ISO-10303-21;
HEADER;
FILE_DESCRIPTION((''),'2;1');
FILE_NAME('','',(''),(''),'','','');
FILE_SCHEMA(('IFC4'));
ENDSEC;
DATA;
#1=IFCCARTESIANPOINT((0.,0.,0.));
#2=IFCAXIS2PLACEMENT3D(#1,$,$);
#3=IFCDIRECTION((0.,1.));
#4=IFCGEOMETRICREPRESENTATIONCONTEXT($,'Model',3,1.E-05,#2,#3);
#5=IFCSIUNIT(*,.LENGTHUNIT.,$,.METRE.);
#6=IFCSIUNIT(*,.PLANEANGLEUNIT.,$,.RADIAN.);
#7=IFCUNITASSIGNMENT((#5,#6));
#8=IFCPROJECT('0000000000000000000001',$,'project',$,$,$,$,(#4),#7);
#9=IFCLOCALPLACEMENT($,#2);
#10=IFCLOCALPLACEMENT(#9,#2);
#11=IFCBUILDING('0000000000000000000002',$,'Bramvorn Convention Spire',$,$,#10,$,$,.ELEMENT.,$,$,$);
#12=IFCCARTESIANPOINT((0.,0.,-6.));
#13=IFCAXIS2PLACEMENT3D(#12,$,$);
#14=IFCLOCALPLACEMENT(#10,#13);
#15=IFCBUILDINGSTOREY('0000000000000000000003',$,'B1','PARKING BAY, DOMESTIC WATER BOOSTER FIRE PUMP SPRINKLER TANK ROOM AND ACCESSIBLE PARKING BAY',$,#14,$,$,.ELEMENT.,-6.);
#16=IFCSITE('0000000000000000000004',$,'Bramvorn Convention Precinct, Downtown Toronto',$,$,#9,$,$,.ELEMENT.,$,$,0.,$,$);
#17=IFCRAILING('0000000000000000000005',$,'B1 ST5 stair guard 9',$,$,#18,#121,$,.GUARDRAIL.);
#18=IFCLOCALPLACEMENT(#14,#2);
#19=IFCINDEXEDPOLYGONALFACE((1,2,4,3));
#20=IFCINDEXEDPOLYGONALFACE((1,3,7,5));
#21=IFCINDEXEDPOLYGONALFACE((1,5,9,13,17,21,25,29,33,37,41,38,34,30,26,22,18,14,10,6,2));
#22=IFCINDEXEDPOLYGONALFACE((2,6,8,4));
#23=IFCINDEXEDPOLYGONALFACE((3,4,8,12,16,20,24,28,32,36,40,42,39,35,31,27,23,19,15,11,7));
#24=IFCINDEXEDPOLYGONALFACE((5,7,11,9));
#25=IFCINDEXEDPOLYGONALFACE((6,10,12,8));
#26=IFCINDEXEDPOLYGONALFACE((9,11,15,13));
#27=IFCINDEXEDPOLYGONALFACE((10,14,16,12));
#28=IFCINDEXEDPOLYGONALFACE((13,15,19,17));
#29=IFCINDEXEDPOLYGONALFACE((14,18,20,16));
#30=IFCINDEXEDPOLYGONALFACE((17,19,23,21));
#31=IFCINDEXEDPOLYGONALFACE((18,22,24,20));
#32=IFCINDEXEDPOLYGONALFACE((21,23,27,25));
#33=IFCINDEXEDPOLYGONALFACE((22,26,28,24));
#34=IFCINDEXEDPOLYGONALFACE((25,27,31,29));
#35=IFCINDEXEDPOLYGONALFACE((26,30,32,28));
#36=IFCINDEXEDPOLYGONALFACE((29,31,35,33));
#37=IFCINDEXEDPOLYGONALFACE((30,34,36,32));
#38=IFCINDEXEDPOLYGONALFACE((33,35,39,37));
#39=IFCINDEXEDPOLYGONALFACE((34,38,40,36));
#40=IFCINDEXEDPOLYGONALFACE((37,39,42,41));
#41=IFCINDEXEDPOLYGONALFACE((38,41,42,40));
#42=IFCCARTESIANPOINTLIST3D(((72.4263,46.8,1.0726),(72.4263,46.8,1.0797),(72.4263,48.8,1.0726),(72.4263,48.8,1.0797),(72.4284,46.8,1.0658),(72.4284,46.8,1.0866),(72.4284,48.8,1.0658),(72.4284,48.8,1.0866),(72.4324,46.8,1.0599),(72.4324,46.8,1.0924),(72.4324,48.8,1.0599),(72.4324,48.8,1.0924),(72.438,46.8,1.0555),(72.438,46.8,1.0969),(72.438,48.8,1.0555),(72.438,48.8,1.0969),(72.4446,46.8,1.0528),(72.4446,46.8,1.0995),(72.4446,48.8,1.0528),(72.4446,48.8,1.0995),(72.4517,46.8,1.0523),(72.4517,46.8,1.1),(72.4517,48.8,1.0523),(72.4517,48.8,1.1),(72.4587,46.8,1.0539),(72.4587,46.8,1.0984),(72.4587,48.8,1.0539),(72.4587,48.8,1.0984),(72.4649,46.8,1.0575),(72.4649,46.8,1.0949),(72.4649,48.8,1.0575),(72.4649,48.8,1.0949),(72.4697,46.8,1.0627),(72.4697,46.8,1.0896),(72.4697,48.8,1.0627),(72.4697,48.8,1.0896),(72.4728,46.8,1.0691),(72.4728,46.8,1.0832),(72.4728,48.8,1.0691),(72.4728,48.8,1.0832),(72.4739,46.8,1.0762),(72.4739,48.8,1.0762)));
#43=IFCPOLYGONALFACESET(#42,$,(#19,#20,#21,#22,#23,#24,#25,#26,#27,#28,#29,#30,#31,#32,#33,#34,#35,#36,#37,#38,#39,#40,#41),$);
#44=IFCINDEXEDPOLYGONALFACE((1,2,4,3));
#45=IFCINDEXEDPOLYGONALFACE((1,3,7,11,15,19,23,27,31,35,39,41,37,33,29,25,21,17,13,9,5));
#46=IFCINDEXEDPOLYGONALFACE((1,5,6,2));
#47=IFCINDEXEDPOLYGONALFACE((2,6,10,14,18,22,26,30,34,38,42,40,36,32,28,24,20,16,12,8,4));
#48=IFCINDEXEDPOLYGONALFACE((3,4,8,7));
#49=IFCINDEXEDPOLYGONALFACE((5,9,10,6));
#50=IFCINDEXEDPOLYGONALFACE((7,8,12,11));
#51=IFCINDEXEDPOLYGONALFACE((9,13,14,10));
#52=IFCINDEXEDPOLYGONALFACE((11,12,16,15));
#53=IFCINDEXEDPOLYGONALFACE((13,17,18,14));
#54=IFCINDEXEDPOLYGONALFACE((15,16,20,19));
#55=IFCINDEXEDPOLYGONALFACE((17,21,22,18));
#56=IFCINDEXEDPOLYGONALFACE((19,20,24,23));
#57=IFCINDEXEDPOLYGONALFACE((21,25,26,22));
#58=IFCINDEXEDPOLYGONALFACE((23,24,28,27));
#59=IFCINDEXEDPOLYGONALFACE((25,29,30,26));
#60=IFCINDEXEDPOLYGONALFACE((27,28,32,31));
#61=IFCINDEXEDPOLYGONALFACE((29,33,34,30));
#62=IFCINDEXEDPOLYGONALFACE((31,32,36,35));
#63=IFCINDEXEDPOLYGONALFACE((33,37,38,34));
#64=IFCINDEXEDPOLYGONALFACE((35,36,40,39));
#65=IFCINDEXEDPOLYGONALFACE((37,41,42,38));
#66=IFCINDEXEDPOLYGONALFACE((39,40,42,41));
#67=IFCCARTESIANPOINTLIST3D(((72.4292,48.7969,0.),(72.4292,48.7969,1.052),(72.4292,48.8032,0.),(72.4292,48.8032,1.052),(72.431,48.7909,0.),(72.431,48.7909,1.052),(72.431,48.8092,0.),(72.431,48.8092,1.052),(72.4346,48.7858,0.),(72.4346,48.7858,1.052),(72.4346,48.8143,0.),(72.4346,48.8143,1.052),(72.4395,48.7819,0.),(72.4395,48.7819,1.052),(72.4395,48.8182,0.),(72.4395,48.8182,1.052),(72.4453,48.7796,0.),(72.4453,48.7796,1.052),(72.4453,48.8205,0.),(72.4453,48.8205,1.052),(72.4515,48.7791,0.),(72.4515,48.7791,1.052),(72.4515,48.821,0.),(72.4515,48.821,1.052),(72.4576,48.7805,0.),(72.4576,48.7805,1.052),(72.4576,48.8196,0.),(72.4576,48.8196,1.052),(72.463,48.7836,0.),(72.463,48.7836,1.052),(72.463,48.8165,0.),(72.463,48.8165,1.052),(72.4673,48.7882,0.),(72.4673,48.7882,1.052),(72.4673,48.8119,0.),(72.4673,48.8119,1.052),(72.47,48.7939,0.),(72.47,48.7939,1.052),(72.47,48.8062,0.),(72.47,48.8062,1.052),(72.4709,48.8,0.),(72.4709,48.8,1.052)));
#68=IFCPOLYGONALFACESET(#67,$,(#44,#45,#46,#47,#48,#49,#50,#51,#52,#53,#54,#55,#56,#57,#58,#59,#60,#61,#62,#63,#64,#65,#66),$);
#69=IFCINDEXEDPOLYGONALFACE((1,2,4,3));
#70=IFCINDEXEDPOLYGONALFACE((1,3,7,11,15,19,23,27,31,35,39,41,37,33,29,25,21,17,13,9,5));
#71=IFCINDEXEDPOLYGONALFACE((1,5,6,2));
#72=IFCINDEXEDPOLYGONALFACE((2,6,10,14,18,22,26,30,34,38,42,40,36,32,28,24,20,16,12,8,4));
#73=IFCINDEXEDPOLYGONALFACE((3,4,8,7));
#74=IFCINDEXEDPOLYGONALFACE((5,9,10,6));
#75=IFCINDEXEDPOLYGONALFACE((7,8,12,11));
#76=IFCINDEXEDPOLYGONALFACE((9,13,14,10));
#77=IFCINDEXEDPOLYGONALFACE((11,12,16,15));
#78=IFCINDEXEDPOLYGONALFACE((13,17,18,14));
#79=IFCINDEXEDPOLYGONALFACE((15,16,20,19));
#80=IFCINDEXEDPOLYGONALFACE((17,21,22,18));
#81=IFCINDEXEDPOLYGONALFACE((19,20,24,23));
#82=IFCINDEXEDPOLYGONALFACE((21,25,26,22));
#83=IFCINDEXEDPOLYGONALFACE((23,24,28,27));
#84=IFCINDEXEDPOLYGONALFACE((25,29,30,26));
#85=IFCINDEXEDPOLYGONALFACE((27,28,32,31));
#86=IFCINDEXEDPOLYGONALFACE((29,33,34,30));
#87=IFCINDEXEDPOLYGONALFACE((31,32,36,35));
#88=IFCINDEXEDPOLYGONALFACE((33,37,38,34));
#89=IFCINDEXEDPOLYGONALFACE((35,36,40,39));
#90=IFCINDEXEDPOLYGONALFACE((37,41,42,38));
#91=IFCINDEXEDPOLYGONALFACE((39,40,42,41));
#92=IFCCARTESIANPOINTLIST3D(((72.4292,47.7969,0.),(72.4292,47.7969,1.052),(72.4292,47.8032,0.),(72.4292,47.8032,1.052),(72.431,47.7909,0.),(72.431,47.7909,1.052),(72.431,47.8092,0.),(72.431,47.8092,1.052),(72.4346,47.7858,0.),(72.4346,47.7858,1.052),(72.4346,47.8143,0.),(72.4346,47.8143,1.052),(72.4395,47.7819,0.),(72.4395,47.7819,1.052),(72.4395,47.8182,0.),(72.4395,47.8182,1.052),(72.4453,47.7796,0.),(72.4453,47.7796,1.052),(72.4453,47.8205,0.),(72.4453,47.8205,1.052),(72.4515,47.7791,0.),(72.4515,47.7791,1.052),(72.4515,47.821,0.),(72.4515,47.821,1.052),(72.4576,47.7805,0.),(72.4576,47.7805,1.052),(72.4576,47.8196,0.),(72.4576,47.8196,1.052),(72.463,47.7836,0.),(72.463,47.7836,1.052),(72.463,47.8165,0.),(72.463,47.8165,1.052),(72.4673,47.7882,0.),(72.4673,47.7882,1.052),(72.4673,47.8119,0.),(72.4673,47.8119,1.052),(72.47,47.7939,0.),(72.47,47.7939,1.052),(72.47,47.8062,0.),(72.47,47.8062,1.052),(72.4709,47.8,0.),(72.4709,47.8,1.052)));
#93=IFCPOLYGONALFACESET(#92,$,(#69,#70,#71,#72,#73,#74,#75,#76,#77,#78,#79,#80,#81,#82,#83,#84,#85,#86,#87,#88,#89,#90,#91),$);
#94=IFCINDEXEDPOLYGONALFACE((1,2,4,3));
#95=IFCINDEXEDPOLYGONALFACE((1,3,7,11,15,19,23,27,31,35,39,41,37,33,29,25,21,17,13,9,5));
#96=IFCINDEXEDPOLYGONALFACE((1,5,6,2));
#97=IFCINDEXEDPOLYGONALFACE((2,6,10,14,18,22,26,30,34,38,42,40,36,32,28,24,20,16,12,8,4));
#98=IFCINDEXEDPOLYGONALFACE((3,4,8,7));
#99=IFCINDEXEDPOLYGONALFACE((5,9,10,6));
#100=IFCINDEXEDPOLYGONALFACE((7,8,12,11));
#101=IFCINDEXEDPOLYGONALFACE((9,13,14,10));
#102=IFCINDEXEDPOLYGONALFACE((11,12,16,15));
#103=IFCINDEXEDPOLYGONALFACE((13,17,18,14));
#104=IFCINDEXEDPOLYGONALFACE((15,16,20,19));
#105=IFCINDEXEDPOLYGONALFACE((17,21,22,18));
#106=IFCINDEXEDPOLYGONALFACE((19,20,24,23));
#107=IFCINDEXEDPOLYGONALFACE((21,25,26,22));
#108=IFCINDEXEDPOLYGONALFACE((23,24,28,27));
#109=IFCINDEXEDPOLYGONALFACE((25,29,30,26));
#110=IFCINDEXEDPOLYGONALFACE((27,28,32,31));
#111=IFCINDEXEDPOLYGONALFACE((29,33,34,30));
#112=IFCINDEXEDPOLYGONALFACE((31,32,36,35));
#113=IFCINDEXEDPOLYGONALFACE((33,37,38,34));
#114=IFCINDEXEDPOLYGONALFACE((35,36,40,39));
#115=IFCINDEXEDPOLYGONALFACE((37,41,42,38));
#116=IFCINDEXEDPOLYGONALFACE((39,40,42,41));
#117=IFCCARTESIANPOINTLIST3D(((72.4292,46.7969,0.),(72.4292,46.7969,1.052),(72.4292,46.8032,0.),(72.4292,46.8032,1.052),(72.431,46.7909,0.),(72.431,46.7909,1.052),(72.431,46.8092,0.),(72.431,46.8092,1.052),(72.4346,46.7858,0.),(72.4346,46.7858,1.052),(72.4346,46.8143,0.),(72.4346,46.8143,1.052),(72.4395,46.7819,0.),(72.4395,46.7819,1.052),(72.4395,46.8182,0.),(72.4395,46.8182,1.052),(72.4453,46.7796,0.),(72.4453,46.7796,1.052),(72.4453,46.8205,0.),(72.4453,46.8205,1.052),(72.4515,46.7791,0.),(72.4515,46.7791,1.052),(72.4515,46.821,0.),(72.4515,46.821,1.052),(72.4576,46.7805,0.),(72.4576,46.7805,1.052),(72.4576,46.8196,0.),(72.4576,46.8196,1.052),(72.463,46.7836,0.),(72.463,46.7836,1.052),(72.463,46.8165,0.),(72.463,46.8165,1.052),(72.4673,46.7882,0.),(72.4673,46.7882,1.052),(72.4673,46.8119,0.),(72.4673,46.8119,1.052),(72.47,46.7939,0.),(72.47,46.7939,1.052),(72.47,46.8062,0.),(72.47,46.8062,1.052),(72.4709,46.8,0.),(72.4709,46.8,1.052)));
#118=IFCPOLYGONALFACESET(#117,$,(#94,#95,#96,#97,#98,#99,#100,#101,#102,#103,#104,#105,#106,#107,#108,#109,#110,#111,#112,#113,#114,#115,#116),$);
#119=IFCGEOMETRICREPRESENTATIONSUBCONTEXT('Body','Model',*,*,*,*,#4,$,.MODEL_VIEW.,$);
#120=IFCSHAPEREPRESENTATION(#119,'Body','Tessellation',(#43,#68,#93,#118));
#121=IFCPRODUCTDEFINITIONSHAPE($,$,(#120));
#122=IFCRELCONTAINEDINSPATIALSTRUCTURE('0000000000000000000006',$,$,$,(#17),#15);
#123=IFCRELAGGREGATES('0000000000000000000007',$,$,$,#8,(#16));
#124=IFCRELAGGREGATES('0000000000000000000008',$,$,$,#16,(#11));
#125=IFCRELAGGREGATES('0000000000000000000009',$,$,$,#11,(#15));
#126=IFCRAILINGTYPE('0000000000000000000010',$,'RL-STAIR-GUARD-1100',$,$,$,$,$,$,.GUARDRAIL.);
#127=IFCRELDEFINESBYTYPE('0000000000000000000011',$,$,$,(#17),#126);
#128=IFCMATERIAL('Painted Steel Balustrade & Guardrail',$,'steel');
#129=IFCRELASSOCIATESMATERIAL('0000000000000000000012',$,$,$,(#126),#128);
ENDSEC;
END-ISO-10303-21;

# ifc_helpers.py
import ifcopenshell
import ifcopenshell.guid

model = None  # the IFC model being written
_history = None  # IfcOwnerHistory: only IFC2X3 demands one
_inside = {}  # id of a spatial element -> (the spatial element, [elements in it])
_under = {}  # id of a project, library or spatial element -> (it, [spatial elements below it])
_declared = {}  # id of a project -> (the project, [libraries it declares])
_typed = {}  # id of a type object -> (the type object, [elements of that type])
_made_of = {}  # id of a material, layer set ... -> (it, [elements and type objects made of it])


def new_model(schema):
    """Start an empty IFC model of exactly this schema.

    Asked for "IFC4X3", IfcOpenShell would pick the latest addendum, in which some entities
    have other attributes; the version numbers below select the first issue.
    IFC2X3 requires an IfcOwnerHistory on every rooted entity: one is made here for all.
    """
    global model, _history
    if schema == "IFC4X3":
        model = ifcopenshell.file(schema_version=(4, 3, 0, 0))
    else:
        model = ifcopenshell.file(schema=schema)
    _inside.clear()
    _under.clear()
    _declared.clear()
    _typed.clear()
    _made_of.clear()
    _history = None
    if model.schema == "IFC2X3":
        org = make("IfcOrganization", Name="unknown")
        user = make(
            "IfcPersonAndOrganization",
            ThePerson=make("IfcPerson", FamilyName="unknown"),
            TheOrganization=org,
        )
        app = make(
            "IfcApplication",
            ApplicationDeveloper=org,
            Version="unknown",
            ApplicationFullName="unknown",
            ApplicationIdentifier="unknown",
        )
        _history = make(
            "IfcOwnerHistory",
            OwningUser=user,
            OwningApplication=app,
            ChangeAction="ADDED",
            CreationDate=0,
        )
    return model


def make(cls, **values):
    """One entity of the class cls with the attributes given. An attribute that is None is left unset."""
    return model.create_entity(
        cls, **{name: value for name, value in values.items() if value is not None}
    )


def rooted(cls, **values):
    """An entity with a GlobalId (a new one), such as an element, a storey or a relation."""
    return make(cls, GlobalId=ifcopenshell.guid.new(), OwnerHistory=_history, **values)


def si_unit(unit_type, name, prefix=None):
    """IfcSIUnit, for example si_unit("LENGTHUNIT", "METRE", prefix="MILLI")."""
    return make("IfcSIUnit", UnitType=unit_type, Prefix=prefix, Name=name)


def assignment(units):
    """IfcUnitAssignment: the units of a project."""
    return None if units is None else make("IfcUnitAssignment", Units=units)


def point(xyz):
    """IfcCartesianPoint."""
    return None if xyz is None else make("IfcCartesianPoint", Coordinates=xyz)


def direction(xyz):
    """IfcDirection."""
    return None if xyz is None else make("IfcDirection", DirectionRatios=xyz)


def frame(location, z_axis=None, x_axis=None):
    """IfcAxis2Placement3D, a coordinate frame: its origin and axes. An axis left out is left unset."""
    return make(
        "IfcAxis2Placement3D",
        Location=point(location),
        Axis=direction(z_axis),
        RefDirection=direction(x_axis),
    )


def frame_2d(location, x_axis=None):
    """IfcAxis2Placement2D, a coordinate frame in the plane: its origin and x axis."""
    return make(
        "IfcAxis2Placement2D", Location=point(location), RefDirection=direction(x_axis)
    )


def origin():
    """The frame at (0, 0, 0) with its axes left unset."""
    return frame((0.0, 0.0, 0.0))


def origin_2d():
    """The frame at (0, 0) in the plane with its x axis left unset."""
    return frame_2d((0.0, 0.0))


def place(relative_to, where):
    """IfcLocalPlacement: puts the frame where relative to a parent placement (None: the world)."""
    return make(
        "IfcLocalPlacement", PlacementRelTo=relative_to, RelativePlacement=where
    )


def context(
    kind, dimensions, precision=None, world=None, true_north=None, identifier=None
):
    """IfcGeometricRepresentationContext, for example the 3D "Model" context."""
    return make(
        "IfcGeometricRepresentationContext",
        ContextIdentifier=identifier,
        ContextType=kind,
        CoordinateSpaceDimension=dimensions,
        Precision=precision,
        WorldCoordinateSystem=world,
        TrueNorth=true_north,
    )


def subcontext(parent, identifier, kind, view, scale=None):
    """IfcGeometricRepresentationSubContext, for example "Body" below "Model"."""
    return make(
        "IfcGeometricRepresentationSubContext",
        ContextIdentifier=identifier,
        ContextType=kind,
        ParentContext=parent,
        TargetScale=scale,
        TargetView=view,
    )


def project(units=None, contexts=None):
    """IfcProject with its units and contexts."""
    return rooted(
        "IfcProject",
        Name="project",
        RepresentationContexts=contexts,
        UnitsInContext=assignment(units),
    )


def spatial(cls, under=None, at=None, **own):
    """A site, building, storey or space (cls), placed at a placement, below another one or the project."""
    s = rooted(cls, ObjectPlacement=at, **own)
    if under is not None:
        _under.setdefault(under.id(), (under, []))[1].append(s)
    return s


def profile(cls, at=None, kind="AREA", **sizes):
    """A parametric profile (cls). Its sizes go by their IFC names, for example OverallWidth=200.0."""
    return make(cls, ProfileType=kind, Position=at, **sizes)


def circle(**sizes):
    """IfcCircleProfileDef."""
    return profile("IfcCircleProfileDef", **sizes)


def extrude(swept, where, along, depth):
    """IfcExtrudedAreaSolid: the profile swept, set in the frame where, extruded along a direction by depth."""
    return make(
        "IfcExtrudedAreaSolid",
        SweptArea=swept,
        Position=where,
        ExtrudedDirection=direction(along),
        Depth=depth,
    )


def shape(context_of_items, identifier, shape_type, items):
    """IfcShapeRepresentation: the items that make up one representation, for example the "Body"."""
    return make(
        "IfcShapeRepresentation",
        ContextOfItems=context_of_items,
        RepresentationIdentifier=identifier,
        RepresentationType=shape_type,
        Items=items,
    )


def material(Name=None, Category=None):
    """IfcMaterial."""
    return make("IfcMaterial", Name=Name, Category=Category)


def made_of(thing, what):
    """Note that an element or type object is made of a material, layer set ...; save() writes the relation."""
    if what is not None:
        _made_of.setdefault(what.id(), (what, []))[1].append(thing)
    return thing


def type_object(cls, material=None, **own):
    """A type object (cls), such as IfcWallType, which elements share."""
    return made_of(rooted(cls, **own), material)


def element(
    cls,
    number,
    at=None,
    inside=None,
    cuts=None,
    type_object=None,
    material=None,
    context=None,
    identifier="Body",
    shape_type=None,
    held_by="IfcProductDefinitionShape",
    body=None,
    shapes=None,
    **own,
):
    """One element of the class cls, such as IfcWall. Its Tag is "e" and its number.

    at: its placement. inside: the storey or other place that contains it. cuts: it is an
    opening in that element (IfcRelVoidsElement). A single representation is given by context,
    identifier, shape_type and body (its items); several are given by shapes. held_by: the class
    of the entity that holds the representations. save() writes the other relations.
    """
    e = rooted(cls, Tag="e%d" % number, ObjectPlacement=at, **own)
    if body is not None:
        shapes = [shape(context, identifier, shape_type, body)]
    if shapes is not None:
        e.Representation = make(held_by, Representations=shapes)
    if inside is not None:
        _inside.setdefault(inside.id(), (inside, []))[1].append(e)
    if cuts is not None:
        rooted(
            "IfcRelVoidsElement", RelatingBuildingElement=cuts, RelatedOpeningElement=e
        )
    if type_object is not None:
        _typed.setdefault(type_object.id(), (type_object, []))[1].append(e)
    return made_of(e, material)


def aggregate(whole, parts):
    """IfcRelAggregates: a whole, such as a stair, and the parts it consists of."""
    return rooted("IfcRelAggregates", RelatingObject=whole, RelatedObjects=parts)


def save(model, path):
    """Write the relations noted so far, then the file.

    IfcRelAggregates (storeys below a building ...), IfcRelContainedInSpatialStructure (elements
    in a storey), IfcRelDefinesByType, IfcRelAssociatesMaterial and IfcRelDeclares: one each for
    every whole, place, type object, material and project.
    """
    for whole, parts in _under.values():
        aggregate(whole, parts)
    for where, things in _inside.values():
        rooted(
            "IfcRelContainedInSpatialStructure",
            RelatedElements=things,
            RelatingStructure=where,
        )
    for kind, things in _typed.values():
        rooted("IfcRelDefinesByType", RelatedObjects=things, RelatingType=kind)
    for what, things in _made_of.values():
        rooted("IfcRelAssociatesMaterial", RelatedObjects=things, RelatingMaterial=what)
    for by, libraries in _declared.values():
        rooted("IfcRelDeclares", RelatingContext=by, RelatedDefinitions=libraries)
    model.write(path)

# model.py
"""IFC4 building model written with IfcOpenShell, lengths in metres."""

from ifc_helpers import new_model, si_unit, direction, frame, origin, origin_2d, place, context, subcontext, project, spatial, circle, extrude, material, type_object, element, save


model = new_model("IFC4")

# Units and contexts
model_context = context("Model", 3, precision=1e-05, world=origin(), true_north=direction((0.0, 1.0)))
body_context = subcontext(model_context, "Body", "Model", "MODEL_VIEW")
ifc_project = project(units=[si_unit("LENGTHUNIT", "METRE"), si_unit("PLANEANGLEUNIT", "RADIAN")], contexts=[model_context])

# Site, building, storey
site_placement = place(None, origin())
site = spatial("IfcSite", under=ifc_project, at=site_placement, Name="Bramvorn Convention Precinct, Downtown Toronto", CompositionType="ELEMENT", RefElevation=0.0)
building_placement = place(site_placement, origin())
building = spatial("IfcBuilding", under=site, at=building_placement, Name="Bramvorn Convention Spire", CompositionType="ELEMENT")
storey_placement = place(building_placement, frame((0.0, 0.0, -6.0)))
storey = spatial("IfcBuildingStorey", under=building, at=storey_placement, Name="B1", Description="PARKING BAY, DOMESTIC WATER BOOSTER FIRE PUMP SPRINKLER TANK ROOM AND ACCESSIBLE PARKING BAY", CompositionType="ELEMENT", Elevation=-6.0)

# Railing
ifc_material_1 = material(Name="Painted Steel Balustrade & Guardrail", Category="steel")
railing_type_1 = type_object("IfcRailingType", Name="RL-STAIR-GUARD-1100", PredefinedType="GUARDRAIL", material=ifc_material_1)
for number, where, name in (
    (1, (72.45, 48.8, 0.0), "B1 ST5 stair guard 9"),
):
    element("IfcRailing", number, at=place(storey_placement, frame(where)), inside=storey, type_object=railing_type_1, Name=name, PredefinedType="GUARDRAIL", context=body_context, shape_type="SweptSolid", body=[
        extrude(circle(Radius=0.0239, at=origin_2d()), frame((0.0, 0.0, 1.0762), z_axis=(0.0, -1.0, 0.0), x_axis=(1.0, 0.0, 0.0)), (0.0, 0.0, 1.0), 2.0),
        extrude(circle(Radius=0.021, at=origin_2d()), origin(), (0.0, 0.0, 1.0), 1.052),
        extrude(circle(Radius=0.021, at=origin_2d()), frame((0.0, -1.0, 0.0)), (0.0, 0.0, 1.0), 1.052),
        extrude(circle(Radius=0.021, at=origin_2d()), frame((0.0, -2.0, 0.0)), (0.0, 0.0, 1.0), 1.052),
    ])

save(model, "model.ifc")
